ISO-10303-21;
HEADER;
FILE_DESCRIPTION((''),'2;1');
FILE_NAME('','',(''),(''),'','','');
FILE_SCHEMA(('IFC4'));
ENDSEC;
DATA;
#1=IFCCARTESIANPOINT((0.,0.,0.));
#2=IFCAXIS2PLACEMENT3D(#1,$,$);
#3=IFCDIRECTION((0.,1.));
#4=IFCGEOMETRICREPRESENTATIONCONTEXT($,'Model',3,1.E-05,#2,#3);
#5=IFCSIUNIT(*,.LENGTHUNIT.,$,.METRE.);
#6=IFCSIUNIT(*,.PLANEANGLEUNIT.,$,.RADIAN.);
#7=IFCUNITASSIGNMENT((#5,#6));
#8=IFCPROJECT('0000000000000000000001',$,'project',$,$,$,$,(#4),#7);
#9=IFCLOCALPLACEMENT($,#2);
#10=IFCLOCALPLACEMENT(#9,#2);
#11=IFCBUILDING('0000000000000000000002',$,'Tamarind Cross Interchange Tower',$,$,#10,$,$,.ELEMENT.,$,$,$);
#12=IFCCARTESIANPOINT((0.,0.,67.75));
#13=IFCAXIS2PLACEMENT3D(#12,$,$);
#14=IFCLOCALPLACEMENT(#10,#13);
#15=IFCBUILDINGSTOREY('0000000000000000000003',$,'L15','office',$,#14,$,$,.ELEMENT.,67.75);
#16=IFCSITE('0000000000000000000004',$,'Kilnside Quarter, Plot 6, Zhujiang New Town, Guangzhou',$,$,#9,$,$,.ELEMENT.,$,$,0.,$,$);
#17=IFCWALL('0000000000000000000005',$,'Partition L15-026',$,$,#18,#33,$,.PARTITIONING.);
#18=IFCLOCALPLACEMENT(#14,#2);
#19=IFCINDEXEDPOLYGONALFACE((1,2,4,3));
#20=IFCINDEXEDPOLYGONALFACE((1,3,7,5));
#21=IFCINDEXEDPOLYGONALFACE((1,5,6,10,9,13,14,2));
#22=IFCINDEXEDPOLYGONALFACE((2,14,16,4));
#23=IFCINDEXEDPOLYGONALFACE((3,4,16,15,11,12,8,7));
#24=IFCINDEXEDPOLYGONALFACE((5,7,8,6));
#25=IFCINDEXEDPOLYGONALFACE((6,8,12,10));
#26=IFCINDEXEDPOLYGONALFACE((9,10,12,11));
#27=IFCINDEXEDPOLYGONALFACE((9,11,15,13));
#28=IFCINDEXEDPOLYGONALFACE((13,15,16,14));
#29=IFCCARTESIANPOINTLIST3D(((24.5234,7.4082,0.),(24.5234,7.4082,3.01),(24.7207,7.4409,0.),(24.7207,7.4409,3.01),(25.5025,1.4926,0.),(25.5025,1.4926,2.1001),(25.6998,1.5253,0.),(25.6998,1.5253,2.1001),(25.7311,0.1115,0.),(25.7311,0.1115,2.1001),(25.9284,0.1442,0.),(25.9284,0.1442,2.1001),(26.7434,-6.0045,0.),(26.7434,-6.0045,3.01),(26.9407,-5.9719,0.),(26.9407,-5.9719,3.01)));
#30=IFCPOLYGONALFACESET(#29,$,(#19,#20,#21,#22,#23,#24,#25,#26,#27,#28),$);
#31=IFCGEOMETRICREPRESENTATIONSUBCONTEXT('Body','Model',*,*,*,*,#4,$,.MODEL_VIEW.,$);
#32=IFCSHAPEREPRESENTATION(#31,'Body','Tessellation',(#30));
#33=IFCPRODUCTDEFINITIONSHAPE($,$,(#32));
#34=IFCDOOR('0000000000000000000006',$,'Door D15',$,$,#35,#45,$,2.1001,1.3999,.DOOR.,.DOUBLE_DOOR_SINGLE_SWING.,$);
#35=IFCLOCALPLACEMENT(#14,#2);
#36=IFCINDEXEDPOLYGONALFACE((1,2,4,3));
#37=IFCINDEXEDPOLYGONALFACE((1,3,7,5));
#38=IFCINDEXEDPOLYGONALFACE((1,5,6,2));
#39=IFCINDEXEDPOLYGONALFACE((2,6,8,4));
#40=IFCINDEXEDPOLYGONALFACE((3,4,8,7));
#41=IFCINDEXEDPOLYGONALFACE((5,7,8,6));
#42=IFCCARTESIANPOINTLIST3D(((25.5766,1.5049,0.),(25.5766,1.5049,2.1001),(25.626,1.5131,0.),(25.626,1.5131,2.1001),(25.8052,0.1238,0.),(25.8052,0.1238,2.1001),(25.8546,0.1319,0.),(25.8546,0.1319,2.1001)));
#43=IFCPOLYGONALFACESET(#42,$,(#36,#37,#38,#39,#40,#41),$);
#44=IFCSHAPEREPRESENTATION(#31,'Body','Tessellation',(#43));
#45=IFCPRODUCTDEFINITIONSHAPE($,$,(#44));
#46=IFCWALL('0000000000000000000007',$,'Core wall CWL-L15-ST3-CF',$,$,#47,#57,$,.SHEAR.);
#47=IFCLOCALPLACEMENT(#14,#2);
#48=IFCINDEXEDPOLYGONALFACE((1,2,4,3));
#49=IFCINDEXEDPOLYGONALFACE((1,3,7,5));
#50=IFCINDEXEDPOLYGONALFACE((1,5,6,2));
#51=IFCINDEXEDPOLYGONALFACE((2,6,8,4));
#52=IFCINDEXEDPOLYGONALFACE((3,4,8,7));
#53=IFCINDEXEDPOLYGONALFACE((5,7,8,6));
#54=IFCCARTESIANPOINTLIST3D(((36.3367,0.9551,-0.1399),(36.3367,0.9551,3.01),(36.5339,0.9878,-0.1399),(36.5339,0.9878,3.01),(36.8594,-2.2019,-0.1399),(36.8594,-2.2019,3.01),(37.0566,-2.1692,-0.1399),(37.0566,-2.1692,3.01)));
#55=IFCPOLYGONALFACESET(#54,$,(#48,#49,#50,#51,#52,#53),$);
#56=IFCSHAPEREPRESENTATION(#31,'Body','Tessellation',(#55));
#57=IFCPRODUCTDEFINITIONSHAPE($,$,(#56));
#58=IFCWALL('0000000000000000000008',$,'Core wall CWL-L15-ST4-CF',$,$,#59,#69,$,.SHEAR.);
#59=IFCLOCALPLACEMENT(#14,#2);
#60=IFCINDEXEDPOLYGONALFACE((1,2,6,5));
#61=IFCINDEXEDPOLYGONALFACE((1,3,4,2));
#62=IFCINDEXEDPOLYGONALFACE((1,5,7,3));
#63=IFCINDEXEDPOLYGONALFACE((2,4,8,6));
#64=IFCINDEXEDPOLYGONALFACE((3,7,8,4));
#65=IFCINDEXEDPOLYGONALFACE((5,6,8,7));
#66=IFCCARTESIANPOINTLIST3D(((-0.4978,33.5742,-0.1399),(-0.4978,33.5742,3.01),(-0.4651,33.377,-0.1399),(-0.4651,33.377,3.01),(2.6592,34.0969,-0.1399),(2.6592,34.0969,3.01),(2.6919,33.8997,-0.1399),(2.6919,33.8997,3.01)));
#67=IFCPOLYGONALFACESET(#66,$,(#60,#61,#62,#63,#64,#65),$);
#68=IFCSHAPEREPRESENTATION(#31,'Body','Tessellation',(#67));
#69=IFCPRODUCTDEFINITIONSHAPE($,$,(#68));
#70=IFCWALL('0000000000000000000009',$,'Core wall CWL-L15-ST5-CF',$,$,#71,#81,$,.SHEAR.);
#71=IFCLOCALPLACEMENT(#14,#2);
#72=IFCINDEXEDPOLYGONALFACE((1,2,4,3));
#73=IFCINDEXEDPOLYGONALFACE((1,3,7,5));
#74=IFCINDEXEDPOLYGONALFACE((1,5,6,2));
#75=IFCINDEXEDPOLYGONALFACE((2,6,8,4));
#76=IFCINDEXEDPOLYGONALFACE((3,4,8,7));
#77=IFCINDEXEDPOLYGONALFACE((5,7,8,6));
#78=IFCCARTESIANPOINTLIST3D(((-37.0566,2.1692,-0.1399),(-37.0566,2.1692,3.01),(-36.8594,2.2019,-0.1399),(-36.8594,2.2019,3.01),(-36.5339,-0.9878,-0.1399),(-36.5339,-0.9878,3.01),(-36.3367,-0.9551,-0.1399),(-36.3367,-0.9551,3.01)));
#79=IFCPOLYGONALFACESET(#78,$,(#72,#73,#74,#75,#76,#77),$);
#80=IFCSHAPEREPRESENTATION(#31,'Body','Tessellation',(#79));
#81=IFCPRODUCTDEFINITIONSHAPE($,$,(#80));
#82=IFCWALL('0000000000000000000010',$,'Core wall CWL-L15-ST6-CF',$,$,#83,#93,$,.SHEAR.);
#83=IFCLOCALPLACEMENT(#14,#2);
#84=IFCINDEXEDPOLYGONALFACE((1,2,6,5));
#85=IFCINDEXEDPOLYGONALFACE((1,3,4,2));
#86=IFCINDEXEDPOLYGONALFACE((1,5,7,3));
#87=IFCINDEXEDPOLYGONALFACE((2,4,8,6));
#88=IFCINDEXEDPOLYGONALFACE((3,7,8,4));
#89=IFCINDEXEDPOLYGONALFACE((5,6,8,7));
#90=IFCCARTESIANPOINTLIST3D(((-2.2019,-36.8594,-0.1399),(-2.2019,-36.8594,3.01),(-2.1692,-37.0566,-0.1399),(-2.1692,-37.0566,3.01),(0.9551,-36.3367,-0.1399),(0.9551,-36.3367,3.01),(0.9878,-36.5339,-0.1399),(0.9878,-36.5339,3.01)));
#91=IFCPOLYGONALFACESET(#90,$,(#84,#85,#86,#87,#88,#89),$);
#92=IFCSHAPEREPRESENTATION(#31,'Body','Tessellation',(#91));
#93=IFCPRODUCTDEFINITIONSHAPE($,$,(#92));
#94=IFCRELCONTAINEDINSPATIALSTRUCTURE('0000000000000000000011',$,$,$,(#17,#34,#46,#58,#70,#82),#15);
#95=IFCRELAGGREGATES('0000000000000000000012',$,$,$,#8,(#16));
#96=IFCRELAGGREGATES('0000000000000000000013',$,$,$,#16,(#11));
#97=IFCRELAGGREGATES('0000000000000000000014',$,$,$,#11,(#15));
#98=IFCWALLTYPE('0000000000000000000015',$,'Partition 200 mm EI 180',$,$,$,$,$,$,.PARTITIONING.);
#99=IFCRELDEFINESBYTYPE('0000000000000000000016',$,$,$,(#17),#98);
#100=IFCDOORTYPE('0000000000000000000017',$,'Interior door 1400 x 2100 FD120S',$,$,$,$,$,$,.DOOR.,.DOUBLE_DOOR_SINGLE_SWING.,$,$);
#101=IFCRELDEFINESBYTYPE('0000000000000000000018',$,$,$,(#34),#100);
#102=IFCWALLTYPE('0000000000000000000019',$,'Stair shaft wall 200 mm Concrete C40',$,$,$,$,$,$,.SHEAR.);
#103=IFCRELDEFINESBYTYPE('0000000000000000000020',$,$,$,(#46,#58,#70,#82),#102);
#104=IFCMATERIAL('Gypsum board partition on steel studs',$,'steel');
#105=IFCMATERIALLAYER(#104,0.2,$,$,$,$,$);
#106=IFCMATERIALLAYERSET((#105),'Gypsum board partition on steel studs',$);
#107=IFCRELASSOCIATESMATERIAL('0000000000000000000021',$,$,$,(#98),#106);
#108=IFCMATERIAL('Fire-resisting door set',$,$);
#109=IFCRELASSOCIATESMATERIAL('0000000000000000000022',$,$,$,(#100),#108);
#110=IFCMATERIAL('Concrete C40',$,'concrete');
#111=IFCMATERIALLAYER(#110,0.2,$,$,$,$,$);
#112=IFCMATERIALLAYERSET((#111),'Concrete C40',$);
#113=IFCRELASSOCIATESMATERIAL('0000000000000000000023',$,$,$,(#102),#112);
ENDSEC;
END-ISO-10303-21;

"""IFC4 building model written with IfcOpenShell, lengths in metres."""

from ifc_helpers import new_model, si_unit, direction, frame, frame_2d, origin, place, context, subcontext, project, spatial, polyline, rectangle, outline, extrude, material, layer, layer_set, type_object, element, fill, save


model = new_model("IFC4")

# Units and contexts
model_context = context("Model", 3, precision=1e-05, world=origin(), true_north=direction((0.0, 1.0)))
body_context = subcontext(model_context, "Body", "Model", "MODEL_VIEW")
ifc_project = project(units=[si_unit("LENGTHUNIT", "METRE"), si_unit("PLANEANGLEUNIT", "RADIAN")], contexts=[model_context])

# Site, building, storey
site_placement = place(None, origin())
site = spatial("IfcSite", under=ifc_project, at=site_placement, Name="Kilnside Quarter, Plot 6, Zhujiang New Town, Guangzhou", CompositionType="ELEMENT", RefElevation=0.0)
building_placement = place(site_placement, origin())
building = spatial("IfcBuilding", under=site, at=building_placement, Name="Tamarind Cross Interchange Tower", CompositionType="ELEMENT")
storey_placement = place(building_placement, frame((0.0, 0.0, 67.75)))
storey = spatial("IfcBuildingStorey", under=building, at=storey_placement, Name="L15", Description="office", CompositionType="ELEMENT", Elevation=67.75)

# Shared definitions
ifc_material_1 = material(Name="Concrete C40", Category="concrete")

# Shared definitions
ifc_material_2 = material(Name="Gypsum board partition on steel studs", Category="steel")

# Shared definitions
ifc_material_3 = material(Name="Fire-resisting door set")

# Wall, opening, door
ifc_layer_1 = layer(ifc_material_2, 0.2)
ifc_layer_set_1 = layer_set([ifc_layer_1], Name="Gypsum board partition on steel studs")
wall_type_1 = type_object("IfcWallType", Name="Partition 200 mm EI 180", PredefinedType="PARTITIONING", material=ifc_layer_set_1)
wall_1_placement = place(storey_placement, frame((24.6221, 7.4246, 0.0), z_axis=(0.0, 0.0, 1.0), x_axis=(0.163289, -0.986578, 0.0)))
wall_1 = element("IfcWall", 1, at=wall_1_placement, inside=storey, type_object=wall_type_1, Name="Partition L15-026", PredefinedType="PARTITIONING", context=body_context, shape_type="SweptSolid", body=[
    extrude(rectangle(XDim=13.5952, YDim=0.2, at=frame_2d((6.7976, 0.0))), origin(), (0.0, 0.0, 1.0), 3.01),
])
opening_1_placement = place(wall_1_placement, frame((5.9961, 0.0, 0.0)))
opening_1 = element("IfcOpeningElement", 2, at=opening_1_placement, cuts=wall_1, PredefinedType="OPENING", context=body_context, shape_type="SweptSolid", body=[
    extrude(rectangle(XDim=1.3999, YDim=2.1001, at=frame_2d((0.7, 1.05))), frame((0.0, 0.1099, 0.0), z_axis=(0.0, -1.0, 0.0), x_axis=(1.0, 0.0, 0.0)), (0.0, 0.0, 1.0), 0.22),
])
door_type_1 = type_object("IfcDoorType", Name="Interior door 1400 x 2100 FD120S", OperationType="DOUBLE_DOOR_SINGLE_SWING", PredefinedType="DOOR", material=ifc_material_3)
door_1_placement = place(opening_1_placement, frame((1.3999, 0.0, 0.0), z_axis=(0.0, 0.0, 1.0), x_axis=(-1.0, 0.0, 0.0)))
door_1 = element("IfcDoor", 3, at=door_1_placement, inside=storey, type_object=door_type_1, Name="Door D15", OperationType="DOUBLE_DOOR_SINGLE_SWING", OverallHeight=2.1001, OverallWidth=1.3999, PredefinedType="DOOR", context=body_context, shape_type="SweptSolid", body=[
    extrude(rectangle(XDim=1.3999, YDim=2.1001, at=frame_2d((0.7, 1.05))), frame((0.0, 0.0249, 0.0), z_axis=(0.0, -1.0, 0.0), x_axis=(1.0, 0.0, 0.0)), (0.0, 0.0, 1.0), 0.05),
])
fill(opening_1, door_1)

# Walls
ifc_layer_2 = layer(ifc_material_1, 0.2)
ifc_layer_set_2 = layer_set([ifc_layer_2], Name="Concrete C40")
wall_type_2 = type_object("IfcWallType", Name="Stair shaft wall 200 mm Concrete C40", PredefinedType="SHEAR", material=ifc_layer_set_2)
wall_2_placement = place(storey_placement, frame((0.0, 0.0, -0.1399)))
element("IfcWall", 4, at=wall_2_placement, inside=storey, type_object=wall_type_2, Name="Core wall CWL-L15-ST3-CF", PredefinedType="SHEAR", context=body_context, shape_type="SweptSolid", body=[
    extrude(outline(polyline([(36.8594, -2.2019), (37.0566, -2.1692), (36.5339, 0.9878), (36.3367, 0.9551), (36.8594, -2.2019)])), origin(), (0.0, 0.0, 1.0), 3.1499),
])
wall_3_placement = place(storey_placement, frame((0.0, 0.0, -0.1399)))
element("IfcWall", 5, at=wall_3_placement, inside=storey, type_object=wall_type_2, Name="Core wall CWL-L15-ST4-CF", PredefinedType="SHEAR", context=body_context, shape_type="SweptSolid", body=[
    extrude(outline(polyline([(2.6919, 33.8997), (2.6592, 34.0969), (-0.4978, 33.5742), (-0.4651, 33.377), (2.6919, 33.8997)])), origin(), (0.0, 0.0, 1.0), 3.1499),
])
wall_4_placement = place(storey_placement, frame((0.0, 0.0, -0.1399)))
element("IfcWall", 6, at=wall_4_placement, inside=storey, type_object=wall_type_2, Name="Core wall CWL-L15-ST5-CF", PredefinedType="SHEAR", context=body_context, shape_type="SweptSolid", body=[
    extrude(outline(polyline([(-36.8594, 2.2019), (-37.0566, 2.1692), (-36.5339, -0.9878), (-36.3367, -0.9551), (-36.8594, 2.2019)])), origin(), (0.0, 0.0, 1.0), 3.1499),
])
wall_5_placement = place(storey_placement, frame((0.0, 0.0, -0.1399)))
element("IfcWall", 7, at=wall_5_placement, inside=storey, type_object=wall_type_2, Name="Core wall CWL-L15-ST6-CF", PredefinedType="SHEAR", context=body_context, shape_type="SweptSolid", body=[
    extrude(outline(polyline([(-2.2019, -36.8594), (-2.1692, -37.0566), (0.9878, -36.5339), (0.9551, -36.3367), (-2.2019, -36.8594)])), origin(), (0.0, 0.0, 1.0), 3.1499),
])

save(model, "model.ifc")
